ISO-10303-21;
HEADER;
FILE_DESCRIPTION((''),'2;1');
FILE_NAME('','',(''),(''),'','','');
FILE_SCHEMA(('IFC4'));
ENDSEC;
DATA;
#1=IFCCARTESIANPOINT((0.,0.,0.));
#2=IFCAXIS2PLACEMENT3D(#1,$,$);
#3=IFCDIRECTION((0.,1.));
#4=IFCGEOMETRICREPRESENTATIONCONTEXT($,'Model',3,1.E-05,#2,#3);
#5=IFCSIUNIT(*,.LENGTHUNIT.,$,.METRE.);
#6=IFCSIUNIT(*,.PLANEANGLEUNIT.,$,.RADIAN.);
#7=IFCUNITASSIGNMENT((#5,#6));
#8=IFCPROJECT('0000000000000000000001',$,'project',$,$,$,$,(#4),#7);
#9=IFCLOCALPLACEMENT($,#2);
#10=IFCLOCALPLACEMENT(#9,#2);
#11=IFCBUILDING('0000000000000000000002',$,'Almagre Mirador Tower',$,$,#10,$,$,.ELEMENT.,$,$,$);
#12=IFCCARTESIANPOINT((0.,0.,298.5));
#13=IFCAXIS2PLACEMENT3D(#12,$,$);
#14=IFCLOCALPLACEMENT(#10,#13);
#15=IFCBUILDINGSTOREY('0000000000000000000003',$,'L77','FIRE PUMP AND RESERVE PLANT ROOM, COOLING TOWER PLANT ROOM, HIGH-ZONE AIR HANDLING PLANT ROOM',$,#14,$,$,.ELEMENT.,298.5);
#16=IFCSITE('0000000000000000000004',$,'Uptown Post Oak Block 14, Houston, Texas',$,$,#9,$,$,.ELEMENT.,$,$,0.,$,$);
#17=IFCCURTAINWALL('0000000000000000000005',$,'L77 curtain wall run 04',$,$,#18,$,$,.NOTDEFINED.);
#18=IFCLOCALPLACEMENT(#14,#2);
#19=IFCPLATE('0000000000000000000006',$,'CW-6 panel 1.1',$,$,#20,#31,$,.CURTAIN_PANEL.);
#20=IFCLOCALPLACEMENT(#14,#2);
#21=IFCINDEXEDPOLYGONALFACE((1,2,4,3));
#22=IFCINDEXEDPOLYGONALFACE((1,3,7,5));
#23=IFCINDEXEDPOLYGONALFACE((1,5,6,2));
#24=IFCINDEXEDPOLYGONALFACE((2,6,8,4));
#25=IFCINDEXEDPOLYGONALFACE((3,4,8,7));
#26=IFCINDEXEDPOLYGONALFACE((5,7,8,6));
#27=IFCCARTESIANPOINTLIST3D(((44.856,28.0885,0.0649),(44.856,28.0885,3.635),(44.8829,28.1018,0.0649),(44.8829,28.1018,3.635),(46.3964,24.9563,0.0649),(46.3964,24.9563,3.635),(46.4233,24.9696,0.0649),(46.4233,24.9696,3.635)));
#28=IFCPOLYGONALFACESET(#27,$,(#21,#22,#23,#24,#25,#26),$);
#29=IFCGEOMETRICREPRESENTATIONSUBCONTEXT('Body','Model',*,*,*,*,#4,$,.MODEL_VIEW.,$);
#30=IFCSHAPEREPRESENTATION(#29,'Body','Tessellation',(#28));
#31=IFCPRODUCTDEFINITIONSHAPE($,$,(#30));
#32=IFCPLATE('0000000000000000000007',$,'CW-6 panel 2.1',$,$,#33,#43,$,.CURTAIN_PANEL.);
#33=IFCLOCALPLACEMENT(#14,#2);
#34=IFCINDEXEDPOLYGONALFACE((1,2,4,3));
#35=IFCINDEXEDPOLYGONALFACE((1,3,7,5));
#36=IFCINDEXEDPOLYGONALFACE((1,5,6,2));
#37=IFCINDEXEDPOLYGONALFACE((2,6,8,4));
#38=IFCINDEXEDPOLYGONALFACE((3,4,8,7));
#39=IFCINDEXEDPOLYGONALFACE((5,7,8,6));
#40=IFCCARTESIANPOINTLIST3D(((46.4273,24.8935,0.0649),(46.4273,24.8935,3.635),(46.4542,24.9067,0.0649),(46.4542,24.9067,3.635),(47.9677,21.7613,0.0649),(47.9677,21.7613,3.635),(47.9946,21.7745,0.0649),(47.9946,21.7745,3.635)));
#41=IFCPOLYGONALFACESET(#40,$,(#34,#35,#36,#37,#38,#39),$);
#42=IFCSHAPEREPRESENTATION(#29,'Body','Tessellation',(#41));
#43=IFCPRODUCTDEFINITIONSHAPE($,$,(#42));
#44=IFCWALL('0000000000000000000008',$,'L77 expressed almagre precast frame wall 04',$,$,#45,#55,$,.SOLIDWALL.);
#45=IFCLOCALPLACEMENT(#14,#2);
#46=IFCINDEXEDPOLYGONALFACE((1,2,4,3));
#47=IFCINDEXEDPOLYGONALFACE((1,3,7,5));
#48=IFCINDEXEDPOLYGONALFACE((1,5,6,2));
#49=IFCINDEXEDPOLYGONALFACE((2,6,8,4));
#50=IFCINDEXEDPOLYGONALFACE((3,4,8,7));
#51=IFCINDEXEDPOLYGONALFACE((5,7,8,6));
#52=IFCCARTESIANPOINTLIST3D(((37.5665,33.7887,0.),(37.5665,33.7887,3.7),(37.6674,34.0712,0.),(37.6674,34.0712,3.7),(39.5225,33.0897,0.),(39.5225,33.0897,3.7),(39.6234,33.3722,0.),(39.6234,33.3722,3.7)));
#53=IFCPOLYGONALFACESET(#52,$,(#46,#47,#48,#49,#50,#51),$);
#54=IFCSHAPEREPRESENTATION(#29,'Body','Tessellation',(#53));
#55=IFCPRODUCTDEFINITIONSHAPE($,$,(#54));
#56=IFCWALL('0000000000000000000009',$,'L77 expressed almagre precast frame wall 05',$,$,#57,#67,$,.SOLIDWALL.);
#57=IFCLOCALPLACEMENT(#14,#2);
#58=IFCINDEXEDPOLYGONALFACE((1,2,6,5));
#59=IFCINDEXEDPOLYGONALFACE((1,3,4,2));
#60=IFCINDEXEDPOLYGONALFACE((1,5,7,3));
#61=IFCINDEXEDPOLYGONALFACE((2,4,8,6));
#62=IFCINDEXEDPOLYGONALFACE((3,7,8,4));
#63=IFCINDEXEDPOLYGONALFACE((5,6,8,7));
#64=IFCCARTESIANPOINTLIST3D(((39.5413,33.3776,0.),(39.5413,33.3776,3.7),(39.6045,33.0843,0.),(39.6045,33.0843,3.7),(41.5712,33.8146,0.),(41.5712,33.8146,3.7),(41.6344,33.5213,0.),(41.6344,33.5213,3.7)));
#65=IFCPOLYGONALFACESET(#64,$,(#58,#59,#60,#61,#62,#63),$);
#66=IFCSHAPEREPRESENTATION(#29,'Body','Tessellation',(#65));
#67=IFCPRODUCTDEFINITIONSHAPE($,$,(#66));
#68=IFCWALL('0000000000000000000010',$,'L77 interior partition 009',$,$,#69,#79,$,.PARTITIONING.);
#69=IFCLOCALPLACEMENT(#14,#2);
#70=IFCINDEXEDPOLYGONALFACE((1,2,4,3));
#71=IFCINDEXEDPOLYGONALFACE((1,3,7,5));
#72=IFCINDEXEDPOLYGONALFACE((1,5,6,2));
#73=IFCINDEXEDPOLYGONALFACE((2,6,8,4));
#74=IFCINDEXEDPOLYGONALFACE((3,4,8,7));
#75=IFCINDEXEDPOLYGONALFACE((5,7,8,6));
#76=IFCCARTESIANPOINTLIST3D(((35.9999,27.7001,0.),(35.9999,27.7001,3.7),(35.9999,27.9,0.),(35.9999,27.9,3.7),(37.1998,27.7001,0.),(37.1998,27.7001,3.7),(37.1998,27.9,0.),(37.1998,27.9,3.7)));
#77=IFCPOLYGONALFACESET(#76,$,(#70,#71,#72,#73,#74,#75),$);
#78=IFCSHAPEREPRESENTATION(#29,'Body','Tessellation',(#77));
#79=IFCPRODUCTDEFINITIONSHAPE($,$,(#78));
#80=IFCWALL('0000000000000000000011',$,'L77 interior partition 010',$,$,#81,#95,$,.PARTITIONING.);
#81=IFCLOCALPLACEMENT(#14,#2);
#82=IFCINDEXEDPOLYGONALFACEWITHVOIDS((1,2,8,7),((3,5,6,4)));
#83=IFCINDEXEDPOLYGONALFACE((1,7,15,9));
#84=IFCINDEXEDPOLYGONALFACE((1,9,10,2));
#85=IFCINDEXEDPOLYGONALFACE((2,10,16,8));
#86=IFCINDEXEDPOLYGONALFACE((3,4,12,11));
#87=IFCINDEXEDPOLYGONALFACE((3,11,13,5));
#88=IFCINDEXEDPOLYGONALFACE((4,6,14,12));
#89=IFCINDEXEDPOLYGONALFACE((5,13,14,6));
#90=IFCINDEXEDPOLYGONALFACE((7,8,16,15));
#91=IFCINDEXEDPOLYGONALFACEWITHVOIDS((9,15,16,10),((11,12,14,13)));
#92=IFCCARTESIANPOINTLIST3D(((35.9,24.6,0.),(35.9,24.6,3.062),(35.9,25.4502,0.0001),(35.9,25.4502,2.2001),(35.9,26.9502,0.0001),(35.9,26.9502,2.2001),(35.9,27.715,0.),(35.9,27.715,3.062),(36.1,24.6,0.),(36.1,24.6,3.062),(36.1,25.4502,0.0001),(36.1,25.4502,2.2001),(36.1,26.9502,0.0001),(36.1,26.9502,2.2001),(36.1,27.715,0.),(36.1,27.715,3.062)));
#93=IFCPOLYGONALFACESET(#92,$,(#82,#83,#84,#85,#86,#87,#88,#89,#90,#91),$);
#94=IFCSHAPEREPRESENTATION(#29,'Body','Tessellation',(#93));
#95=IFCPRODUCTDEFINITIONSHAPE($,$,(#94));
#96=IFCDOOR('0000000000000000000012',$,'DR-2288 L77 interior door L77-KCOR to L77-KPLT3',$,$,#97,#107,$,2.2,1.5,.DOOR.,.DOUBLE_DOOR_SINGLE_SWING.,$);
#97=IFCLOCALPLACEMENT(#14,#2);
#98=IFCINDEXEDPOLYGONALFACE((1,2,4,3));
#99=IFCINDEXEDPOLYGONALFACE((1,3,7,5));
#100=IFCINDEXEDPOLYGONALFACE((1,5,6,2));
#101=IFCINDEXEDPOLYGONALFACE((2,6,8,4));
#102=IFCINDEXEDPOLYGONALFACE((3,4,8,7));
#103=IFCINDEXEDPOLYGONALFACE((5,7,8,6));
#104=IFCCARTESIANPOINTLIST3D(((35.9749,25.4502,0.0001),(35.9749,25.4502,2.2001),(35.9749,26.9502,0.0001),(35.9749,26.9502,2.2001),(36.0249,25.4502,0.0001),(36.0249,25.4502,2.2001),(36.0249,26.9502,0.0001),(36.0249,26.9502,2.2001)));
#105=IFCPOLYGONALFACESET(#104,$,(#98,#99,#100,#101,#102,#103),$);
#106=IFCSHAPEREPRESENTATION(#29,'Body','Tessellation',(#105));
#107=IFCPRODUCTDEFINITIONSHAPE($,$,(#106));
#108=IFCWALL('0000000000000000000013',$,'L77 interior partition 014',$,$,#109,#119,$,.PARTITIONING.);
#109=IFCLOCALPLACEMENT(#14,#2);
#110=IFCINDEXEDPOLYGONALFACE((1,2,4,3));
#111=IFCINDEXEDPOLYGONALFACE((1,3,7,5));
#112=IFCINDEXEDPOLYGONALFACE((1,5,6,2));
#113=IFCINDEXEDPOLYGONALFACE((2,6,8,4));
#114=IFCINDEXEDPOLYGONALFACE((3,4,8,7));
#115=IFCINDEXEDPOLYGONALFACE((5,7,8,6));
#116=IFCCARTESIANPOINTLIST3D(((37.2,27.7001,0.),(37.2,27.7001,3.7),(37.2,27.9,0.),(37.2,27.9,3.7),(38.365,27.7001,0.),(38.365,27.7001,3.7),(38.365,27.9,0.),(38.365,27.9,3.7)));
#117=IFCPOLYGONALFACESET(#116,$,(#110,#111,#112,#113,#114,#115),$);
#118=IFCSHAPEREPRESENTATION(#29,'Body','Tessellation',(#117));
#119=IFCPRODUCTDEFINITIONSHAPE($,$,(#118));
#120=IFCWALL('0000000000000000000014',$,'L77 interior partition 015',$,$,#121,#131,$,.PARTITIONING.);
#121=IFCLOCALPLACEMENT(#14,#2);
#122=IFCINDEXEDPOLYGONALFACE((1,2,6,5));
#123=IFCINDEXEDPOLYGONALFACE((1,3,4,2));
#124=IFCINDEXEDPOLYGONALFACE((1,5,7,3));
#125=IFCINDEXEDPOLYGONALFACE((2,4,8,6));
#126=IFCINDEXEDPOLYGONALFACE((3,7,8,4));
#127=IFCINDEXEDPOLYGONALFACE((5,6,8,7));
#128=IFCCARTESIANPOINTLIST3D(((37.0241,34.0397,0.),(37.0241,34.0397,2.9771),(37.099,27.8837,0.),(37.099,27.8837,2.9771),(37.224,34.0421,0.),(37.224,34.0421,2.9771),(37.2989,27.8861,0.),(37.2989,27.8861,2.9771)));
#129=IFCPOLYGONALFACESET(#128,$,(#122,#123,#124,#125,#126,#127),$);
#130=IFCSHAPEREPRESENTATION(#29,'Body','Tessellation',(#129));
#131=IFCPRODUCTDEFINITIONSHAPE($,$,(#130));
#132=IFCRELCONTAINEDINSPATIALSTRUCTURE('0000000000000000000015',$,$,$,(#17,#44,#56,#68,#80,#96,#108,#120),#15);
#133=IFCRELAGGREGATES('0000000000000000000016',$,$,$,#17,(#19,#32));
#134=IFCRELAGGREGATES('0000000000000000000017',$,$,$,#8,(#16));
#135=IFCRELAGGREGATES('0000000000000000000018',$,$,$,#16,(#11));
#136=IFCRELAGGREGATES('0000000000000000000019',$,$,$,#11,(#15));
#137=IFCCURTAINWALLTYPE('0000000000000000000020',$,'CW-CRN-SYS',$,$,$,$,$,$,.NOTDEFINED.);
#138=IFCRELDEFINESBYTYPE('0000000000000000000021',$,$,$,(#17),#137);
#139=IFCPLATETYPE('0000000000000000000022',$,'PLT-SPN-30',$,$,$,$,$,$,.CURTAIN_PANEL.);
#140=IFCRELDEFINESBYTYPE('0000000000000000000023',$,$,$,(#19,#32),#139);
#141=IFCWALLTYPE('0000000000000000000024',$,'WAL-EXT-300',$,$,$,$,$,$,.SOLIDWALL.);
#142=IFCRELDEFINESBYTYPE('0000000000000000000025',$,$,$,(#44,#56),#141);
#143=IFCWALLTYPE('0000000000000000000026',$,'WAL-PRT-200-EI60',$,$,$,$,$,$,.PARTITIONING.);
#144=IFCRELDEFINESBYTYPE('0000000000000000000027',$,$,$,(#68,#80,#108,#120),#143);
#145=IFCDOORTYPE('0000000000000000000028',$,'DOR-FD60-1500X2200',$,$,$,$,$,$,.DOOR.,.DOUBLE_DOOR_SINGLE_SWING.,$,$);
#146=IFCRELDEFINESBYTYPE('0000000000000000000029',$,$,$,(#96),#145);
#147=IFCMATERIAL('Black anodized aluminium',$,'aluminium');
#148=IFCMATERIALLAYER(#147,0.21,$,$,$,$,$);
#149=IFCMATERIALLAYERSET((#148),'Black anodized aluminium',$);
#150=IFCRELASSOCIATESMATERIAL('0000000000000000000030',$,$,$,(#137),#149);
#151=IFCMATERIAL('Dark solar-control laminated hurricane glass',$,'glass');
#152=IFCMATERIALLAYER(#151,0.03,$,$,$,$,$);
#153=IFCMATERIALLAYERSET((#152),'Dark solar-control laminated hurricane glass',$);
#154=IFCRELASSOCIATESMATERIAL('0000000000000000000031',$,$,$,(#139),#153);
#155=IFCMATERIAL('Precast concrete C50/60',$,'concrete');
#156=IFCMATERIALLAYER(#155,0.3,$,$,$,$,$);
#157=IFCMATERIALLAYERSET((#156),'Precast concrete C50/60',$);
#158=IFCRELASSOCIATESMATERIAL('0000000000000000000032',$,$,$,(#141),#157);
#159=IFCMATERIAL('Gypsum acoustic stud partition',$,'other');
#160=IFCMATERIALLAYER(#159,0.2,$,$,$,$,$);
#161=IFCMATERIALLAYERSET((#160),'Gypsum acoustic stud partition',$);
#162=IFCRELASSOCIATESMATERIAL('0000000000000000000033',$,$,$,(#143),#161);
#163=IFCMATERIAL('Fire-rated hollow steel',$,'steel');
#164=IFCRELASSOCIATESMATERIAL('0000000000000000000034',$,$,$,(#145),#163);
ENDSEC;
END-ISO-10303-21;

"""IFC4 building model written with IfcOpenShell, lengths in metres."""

from ifc_helpers import new_model, si_unit, direction, frame, frame_2d, origin, origin_2d, place, context, subcontext, project, spatial, rectangle, extrude, material, layer, layer_set, type_object, element, fill, aggregate, save


model = new_model("IFC4")

# Units and contexts
model_context = context("Model", 3, precision=1e-05, world=origin(), true_north=direction((0.0, 1.0)))
body_context = subcontext(model_context, "Body", "Model", "MODEL_VIEW")
ifc_project = project(units=[si_unit("LENGTHUNIT", "METRE"), si_unit("PLANEANGLEUNIT", "RADIAN")], contexts=[model_context])

# Site, building, storey
site_placement = place(None, origin())
site = spatial("IfcSite", under=ifc_project, at=site_placement, Name="Uptown Post Oak Block 14, Houston, Texas", CompositionType="ELEMENT", RefElevation=0.0)
building_placement = place(site_placement, origin())
building = spatial("IfcBuilding", under=site, at=building_placement, Name="Almagre Mirador Tower", CompositionType="ELEMENT")
storey_placement = place(building_placement, frame((0.0, 0.0, 298.5)))
storey = spatial("IfcBuildingStorey", under=building, at=storey_placement, Name="L77", Description="FIRE PUMP AND RESERVE PLANT ROOM, COOLING TOWER PLANT ROOM, HIGH-ZONE AIR HANDLING PLANT ROOM", CompositionType="ELEMENT", Elevation=298.5)

# Shared definitions
ifc_material_1 = material(Name="Black anodized aluminium", Category="aluminium")
ifc_layer_1 = layer(ifc_material_1, 0.21)
ifc_layer_set_1 = layer_set([ifc_layer_1], Name="Black anodized aluminium")
curtain_wall_type = type_object("IfcCurtainWallType", Name="CW-CRN-SYS", PredefinedType="NOTDEFINED", material=ifc_layer_set_1)

# Curtain wall
curtain_wall_1_placement = place(storey_placement, origin())
curtain_wall_1 = element("IfcCurtainWall", 1, at=curtain_wall_1_placement, inside=storey, type_object=curtain_wall_type, Name="L77 curtain wall run 04", PredefinedType="NOTDEFINED")

# Plates
ifc_material_2 = material(Name="Dark solar-control laminated hurricane glass", Category="glass")
ifc_layer_2 = layer(ifc_material_2, 0.03)
ifc_layer_set_2 = layer_set([ifc_layer_2], Name="Dark solar-control laminated hurricane glass")
plate_type = type_object("IfcPlateType", Name="PLT-SPN-30", PredefinedType="CURTAIN_PANEL", material=ifc_layer_set_2)
plate_1_placement = place(storey_placement, frame((45.6396, 26.5291, 0.0649), z_axis=(0.0, 0.0, 1.0), x_axis=(0.441308, -0.897356, 0.0)))
plate_1 = element("IfcPlate", 2, at=plate_1_placement, type_object=plate_type, Name="CW-6 panel 1.1", PredefinedType="CURTAIN_PANEL", context=body_context, shape_type="SweptSolid", body=[
    extrude(rectangle(XDim=3.4905, YDim=0.03, at=origin_2d()), origin(), (0.0, 0.0, 1.0), 3.5701),
])
plate_2_placement = place(storey_placement, frame((47.2109, 23.334, 0.0649), z_axis=(0.0, 0.0, 1.0), x_axis=(0.441308, -0.897356, 0.0)))
plate_2 = element("IfcPlate", 3, at=plate_2_placement, type_object=plate_type, Name="CW-6 panel 2.1", PredefinedType="CURTAIN_PANEL", context=body_context, shape_type="SweptSolid", body=[
    extrude(rectangle(XDim=3.4905, YDim=0.03, at=origin_2d()), origin(), (0.0, 0.0, 1.0), 3.5701),
])
aggregate(curtain_wall_1, [plate_1, plate_2])

# Walls
ifc_material_3 = material(Name="Precast concrete C50/60", Category="concrete")
ifc_layer_3 = layer(ifc_material_3, 0.3)
ifc_layer_set_3 = layer_set([ifc_layer_3], Name="Precast concrete C50/60")
wall_type_1 = type_object("IfcWallType", Name="WAL-EXT-300", PredefinedType="SOLIDWALL", material=ifc_layer_set_3)
wall_1_placement = place(storey_placement, frame((37.6169, 33.9299, 0.0), z_axis=(0.0, 0.0, 1.0), x_axis=(0.941683, -0.3365, 0.0)))
element("IfcWall", 4, at=wall_1_placement, inside=storey, type_object=wall_type_1, Name="L77 expressed almagre precast frame wall 04", PredefinedType="SOLIDWALL", context=body_context, shape_type="SweptSolid", body=[
    extrude(rectangle(XDim=2.0771, YDim=0.3, at=frame_2d((1.0386, 0.0))), origin(), (0.0, 0.0, 1.0), 3.7),
])
wall_2_placement = place(storey_placement, frame((39.573, 33.231, 0.0), z_axis=(0.0, 0.0, 1.0), x_axis=(0.977604, 0.210452, 0.0)))
element("IfcWall", 5, at=wall_2_placement, inside=storey, type_object=wall_type_1, Name="L77 expressed almagre precast frame wall 05", PredefinedType="SOLIDWALL", context=body_context, shape_type="SweptSolid", body=[
    extrude(rectangle(XDim=2.0764, YDim=0.3, at=frame_2d((1.0381, 0.0))), origin(), (0.0, 0.0, 1.0), 3.7),
])
ifc_material_4 = material(Name="Gypsum acoustic stud partition", Category="other")
ifc_layer_4 = layer(ifc_material_4, 0.2)
ifc_layer_set_4 = layer_set([ifc_layer_4], Name="Gypsum acoustic stud partition")
wall_type_2 = type_object("IfcWallType", Name="WAL-PRT-200-EI60", PredefinedType="PARTITIONING", material=ifc_layer_set_4)
wall_3_placement = place(storey_placement, frame((37.2, 27.8, 0.0), z_axis=(0.0, 0.0, 1.0), x_axis=(-1.0, 0.0, 0.0)))
element("IfcWall", 6, at=wall_3_placement, inside=storey, type_object=wall_type_2, Name="L77 interior partition 009", PredefinedType="PARTITIONING", context=body_context, shape_type="SweptSolid", body=[
    extrude(rectangle(XDim=1.2, YDim=0.2, at=frame_2d((0.6001, 0.0))), origin(), (0.0, 0.0, 1.0), 3.7),
])

# Wall, opening, door
wall_4_placement = place(storey_placement, frame((36.0, 27.7151, 0.0), z_axis=(0.0, 0.0, 1.0), x_axis=(0.0, -1.0, 0.0)))
wall_4 = element("IfcWall", 7, at=wall_4_placement, inside=storey, type_object=wall_type_2, Name="L77 interior partition 010", PredefinedType="PARTITIONING", context=body_context, shape_type="SweptSolid", body=[
    extrude(rectangle(XDim=3.115, YDim=0.2, at=frame_2d((1.5576, 0.0))), origin(), (0.0, 0.0, 1.0), 3.062),
])
opening_placement = place(wall_4_placement, frame((0.7649, 0.0, 0.0)))
opening = element("IfcOpeningElement", 8, at=opening_placement, cuts=wall_4, PredefinedType="OPENING", context=body_context, shape_type="SweptSolid", body=[
    extrude(rectangle(XDim=1.5, YDim=2.2, at=frame_2d((0.75, 1.1001))), frame((0.0, 0.1101, 0.0), z_axis=(0.0, -1.0, 0.0), x_axis=(1.0, 0.0, 0.0)), (0.0, 0.0, 1.0), 0.22),
])
ifc_material_5 = material(Name="Fire-rated hollow steel", Category="steel")
door_type = type_object("IfcDoorType", Name="DOR-FD60-1500X2200", OperationType="DOUBLE_DOOR_SINGLE_SWING", PredefinedType="DOOR", material=ifc_material_5)
door_placement = place(opening_placement, origin())
door = element("IfcDoor", 9, at=door_placement, inside=storey, type_object=door_type, Name="DR-2288 L77 interior door L77-KCOR to L77-KPLT3", OperationType="DOUBLE_DOOR_SINGLE_SWING", OverallHeight=2.2, OverallWidth=1.5, PredefinedType="DOOR", context=body_context, shape_type="SweptSolid", body=[
    extrude(rectangle(XDim=1.5, YDim=2.2, at=frame_2d((0.75, 1.1001))), frame((0.0, 0.0249, 0.0), z_axis=(0.0, -1.0, 0.0), x_axis=(1.0, 0.0, 0.0)), (0.0, 0.0, 1.0), 0.05),
])
fill(opening, door)

# Walls
wall_5_placement = place(storey_placement, frame((38.365, 27.8, 0.0), z_axis=(0.0, 0.0, 1.0), x_axis=(-1.0, 0.0, 0.0)))
element("IfcWall", 10, at=wall_5_placement, inside=storey, type_object=wall_type_2, Name="L77 interior partition 014", PredefinedType="PARTITIONING", context=body_context, shape_type="SweptSolid", body=[
    extrude(rectangle(XDim=1.165, YDim=0.2, at=frame_2d((0.5825, 0.0))), origin(), (0.0, 0.0, 1.0), 3.7),
])
wall_6_placement = place(storey_placement, frame((37.199, 27.885, 0.0), z_axis=(0.0, 0.0, 1.0), x_axis=(-0.012174, 0.999926, 0.0)))
element("IfcWall", 11, at=wall_6_placement, inside=storey, type_object=wall_type_2, Name="L77 interior partition 015", PredefinedType="PARTITIONING", context=body_context, shape_type="SweptSolid", body=[
    extrude(rectangle(XDim=6.1565, YDim=0.2, at=frame_2d((3.0781, 0.0))), origin(), (0.0, 0.0, 1.0), 2.9771),
])

save(model, "model.ifc")
